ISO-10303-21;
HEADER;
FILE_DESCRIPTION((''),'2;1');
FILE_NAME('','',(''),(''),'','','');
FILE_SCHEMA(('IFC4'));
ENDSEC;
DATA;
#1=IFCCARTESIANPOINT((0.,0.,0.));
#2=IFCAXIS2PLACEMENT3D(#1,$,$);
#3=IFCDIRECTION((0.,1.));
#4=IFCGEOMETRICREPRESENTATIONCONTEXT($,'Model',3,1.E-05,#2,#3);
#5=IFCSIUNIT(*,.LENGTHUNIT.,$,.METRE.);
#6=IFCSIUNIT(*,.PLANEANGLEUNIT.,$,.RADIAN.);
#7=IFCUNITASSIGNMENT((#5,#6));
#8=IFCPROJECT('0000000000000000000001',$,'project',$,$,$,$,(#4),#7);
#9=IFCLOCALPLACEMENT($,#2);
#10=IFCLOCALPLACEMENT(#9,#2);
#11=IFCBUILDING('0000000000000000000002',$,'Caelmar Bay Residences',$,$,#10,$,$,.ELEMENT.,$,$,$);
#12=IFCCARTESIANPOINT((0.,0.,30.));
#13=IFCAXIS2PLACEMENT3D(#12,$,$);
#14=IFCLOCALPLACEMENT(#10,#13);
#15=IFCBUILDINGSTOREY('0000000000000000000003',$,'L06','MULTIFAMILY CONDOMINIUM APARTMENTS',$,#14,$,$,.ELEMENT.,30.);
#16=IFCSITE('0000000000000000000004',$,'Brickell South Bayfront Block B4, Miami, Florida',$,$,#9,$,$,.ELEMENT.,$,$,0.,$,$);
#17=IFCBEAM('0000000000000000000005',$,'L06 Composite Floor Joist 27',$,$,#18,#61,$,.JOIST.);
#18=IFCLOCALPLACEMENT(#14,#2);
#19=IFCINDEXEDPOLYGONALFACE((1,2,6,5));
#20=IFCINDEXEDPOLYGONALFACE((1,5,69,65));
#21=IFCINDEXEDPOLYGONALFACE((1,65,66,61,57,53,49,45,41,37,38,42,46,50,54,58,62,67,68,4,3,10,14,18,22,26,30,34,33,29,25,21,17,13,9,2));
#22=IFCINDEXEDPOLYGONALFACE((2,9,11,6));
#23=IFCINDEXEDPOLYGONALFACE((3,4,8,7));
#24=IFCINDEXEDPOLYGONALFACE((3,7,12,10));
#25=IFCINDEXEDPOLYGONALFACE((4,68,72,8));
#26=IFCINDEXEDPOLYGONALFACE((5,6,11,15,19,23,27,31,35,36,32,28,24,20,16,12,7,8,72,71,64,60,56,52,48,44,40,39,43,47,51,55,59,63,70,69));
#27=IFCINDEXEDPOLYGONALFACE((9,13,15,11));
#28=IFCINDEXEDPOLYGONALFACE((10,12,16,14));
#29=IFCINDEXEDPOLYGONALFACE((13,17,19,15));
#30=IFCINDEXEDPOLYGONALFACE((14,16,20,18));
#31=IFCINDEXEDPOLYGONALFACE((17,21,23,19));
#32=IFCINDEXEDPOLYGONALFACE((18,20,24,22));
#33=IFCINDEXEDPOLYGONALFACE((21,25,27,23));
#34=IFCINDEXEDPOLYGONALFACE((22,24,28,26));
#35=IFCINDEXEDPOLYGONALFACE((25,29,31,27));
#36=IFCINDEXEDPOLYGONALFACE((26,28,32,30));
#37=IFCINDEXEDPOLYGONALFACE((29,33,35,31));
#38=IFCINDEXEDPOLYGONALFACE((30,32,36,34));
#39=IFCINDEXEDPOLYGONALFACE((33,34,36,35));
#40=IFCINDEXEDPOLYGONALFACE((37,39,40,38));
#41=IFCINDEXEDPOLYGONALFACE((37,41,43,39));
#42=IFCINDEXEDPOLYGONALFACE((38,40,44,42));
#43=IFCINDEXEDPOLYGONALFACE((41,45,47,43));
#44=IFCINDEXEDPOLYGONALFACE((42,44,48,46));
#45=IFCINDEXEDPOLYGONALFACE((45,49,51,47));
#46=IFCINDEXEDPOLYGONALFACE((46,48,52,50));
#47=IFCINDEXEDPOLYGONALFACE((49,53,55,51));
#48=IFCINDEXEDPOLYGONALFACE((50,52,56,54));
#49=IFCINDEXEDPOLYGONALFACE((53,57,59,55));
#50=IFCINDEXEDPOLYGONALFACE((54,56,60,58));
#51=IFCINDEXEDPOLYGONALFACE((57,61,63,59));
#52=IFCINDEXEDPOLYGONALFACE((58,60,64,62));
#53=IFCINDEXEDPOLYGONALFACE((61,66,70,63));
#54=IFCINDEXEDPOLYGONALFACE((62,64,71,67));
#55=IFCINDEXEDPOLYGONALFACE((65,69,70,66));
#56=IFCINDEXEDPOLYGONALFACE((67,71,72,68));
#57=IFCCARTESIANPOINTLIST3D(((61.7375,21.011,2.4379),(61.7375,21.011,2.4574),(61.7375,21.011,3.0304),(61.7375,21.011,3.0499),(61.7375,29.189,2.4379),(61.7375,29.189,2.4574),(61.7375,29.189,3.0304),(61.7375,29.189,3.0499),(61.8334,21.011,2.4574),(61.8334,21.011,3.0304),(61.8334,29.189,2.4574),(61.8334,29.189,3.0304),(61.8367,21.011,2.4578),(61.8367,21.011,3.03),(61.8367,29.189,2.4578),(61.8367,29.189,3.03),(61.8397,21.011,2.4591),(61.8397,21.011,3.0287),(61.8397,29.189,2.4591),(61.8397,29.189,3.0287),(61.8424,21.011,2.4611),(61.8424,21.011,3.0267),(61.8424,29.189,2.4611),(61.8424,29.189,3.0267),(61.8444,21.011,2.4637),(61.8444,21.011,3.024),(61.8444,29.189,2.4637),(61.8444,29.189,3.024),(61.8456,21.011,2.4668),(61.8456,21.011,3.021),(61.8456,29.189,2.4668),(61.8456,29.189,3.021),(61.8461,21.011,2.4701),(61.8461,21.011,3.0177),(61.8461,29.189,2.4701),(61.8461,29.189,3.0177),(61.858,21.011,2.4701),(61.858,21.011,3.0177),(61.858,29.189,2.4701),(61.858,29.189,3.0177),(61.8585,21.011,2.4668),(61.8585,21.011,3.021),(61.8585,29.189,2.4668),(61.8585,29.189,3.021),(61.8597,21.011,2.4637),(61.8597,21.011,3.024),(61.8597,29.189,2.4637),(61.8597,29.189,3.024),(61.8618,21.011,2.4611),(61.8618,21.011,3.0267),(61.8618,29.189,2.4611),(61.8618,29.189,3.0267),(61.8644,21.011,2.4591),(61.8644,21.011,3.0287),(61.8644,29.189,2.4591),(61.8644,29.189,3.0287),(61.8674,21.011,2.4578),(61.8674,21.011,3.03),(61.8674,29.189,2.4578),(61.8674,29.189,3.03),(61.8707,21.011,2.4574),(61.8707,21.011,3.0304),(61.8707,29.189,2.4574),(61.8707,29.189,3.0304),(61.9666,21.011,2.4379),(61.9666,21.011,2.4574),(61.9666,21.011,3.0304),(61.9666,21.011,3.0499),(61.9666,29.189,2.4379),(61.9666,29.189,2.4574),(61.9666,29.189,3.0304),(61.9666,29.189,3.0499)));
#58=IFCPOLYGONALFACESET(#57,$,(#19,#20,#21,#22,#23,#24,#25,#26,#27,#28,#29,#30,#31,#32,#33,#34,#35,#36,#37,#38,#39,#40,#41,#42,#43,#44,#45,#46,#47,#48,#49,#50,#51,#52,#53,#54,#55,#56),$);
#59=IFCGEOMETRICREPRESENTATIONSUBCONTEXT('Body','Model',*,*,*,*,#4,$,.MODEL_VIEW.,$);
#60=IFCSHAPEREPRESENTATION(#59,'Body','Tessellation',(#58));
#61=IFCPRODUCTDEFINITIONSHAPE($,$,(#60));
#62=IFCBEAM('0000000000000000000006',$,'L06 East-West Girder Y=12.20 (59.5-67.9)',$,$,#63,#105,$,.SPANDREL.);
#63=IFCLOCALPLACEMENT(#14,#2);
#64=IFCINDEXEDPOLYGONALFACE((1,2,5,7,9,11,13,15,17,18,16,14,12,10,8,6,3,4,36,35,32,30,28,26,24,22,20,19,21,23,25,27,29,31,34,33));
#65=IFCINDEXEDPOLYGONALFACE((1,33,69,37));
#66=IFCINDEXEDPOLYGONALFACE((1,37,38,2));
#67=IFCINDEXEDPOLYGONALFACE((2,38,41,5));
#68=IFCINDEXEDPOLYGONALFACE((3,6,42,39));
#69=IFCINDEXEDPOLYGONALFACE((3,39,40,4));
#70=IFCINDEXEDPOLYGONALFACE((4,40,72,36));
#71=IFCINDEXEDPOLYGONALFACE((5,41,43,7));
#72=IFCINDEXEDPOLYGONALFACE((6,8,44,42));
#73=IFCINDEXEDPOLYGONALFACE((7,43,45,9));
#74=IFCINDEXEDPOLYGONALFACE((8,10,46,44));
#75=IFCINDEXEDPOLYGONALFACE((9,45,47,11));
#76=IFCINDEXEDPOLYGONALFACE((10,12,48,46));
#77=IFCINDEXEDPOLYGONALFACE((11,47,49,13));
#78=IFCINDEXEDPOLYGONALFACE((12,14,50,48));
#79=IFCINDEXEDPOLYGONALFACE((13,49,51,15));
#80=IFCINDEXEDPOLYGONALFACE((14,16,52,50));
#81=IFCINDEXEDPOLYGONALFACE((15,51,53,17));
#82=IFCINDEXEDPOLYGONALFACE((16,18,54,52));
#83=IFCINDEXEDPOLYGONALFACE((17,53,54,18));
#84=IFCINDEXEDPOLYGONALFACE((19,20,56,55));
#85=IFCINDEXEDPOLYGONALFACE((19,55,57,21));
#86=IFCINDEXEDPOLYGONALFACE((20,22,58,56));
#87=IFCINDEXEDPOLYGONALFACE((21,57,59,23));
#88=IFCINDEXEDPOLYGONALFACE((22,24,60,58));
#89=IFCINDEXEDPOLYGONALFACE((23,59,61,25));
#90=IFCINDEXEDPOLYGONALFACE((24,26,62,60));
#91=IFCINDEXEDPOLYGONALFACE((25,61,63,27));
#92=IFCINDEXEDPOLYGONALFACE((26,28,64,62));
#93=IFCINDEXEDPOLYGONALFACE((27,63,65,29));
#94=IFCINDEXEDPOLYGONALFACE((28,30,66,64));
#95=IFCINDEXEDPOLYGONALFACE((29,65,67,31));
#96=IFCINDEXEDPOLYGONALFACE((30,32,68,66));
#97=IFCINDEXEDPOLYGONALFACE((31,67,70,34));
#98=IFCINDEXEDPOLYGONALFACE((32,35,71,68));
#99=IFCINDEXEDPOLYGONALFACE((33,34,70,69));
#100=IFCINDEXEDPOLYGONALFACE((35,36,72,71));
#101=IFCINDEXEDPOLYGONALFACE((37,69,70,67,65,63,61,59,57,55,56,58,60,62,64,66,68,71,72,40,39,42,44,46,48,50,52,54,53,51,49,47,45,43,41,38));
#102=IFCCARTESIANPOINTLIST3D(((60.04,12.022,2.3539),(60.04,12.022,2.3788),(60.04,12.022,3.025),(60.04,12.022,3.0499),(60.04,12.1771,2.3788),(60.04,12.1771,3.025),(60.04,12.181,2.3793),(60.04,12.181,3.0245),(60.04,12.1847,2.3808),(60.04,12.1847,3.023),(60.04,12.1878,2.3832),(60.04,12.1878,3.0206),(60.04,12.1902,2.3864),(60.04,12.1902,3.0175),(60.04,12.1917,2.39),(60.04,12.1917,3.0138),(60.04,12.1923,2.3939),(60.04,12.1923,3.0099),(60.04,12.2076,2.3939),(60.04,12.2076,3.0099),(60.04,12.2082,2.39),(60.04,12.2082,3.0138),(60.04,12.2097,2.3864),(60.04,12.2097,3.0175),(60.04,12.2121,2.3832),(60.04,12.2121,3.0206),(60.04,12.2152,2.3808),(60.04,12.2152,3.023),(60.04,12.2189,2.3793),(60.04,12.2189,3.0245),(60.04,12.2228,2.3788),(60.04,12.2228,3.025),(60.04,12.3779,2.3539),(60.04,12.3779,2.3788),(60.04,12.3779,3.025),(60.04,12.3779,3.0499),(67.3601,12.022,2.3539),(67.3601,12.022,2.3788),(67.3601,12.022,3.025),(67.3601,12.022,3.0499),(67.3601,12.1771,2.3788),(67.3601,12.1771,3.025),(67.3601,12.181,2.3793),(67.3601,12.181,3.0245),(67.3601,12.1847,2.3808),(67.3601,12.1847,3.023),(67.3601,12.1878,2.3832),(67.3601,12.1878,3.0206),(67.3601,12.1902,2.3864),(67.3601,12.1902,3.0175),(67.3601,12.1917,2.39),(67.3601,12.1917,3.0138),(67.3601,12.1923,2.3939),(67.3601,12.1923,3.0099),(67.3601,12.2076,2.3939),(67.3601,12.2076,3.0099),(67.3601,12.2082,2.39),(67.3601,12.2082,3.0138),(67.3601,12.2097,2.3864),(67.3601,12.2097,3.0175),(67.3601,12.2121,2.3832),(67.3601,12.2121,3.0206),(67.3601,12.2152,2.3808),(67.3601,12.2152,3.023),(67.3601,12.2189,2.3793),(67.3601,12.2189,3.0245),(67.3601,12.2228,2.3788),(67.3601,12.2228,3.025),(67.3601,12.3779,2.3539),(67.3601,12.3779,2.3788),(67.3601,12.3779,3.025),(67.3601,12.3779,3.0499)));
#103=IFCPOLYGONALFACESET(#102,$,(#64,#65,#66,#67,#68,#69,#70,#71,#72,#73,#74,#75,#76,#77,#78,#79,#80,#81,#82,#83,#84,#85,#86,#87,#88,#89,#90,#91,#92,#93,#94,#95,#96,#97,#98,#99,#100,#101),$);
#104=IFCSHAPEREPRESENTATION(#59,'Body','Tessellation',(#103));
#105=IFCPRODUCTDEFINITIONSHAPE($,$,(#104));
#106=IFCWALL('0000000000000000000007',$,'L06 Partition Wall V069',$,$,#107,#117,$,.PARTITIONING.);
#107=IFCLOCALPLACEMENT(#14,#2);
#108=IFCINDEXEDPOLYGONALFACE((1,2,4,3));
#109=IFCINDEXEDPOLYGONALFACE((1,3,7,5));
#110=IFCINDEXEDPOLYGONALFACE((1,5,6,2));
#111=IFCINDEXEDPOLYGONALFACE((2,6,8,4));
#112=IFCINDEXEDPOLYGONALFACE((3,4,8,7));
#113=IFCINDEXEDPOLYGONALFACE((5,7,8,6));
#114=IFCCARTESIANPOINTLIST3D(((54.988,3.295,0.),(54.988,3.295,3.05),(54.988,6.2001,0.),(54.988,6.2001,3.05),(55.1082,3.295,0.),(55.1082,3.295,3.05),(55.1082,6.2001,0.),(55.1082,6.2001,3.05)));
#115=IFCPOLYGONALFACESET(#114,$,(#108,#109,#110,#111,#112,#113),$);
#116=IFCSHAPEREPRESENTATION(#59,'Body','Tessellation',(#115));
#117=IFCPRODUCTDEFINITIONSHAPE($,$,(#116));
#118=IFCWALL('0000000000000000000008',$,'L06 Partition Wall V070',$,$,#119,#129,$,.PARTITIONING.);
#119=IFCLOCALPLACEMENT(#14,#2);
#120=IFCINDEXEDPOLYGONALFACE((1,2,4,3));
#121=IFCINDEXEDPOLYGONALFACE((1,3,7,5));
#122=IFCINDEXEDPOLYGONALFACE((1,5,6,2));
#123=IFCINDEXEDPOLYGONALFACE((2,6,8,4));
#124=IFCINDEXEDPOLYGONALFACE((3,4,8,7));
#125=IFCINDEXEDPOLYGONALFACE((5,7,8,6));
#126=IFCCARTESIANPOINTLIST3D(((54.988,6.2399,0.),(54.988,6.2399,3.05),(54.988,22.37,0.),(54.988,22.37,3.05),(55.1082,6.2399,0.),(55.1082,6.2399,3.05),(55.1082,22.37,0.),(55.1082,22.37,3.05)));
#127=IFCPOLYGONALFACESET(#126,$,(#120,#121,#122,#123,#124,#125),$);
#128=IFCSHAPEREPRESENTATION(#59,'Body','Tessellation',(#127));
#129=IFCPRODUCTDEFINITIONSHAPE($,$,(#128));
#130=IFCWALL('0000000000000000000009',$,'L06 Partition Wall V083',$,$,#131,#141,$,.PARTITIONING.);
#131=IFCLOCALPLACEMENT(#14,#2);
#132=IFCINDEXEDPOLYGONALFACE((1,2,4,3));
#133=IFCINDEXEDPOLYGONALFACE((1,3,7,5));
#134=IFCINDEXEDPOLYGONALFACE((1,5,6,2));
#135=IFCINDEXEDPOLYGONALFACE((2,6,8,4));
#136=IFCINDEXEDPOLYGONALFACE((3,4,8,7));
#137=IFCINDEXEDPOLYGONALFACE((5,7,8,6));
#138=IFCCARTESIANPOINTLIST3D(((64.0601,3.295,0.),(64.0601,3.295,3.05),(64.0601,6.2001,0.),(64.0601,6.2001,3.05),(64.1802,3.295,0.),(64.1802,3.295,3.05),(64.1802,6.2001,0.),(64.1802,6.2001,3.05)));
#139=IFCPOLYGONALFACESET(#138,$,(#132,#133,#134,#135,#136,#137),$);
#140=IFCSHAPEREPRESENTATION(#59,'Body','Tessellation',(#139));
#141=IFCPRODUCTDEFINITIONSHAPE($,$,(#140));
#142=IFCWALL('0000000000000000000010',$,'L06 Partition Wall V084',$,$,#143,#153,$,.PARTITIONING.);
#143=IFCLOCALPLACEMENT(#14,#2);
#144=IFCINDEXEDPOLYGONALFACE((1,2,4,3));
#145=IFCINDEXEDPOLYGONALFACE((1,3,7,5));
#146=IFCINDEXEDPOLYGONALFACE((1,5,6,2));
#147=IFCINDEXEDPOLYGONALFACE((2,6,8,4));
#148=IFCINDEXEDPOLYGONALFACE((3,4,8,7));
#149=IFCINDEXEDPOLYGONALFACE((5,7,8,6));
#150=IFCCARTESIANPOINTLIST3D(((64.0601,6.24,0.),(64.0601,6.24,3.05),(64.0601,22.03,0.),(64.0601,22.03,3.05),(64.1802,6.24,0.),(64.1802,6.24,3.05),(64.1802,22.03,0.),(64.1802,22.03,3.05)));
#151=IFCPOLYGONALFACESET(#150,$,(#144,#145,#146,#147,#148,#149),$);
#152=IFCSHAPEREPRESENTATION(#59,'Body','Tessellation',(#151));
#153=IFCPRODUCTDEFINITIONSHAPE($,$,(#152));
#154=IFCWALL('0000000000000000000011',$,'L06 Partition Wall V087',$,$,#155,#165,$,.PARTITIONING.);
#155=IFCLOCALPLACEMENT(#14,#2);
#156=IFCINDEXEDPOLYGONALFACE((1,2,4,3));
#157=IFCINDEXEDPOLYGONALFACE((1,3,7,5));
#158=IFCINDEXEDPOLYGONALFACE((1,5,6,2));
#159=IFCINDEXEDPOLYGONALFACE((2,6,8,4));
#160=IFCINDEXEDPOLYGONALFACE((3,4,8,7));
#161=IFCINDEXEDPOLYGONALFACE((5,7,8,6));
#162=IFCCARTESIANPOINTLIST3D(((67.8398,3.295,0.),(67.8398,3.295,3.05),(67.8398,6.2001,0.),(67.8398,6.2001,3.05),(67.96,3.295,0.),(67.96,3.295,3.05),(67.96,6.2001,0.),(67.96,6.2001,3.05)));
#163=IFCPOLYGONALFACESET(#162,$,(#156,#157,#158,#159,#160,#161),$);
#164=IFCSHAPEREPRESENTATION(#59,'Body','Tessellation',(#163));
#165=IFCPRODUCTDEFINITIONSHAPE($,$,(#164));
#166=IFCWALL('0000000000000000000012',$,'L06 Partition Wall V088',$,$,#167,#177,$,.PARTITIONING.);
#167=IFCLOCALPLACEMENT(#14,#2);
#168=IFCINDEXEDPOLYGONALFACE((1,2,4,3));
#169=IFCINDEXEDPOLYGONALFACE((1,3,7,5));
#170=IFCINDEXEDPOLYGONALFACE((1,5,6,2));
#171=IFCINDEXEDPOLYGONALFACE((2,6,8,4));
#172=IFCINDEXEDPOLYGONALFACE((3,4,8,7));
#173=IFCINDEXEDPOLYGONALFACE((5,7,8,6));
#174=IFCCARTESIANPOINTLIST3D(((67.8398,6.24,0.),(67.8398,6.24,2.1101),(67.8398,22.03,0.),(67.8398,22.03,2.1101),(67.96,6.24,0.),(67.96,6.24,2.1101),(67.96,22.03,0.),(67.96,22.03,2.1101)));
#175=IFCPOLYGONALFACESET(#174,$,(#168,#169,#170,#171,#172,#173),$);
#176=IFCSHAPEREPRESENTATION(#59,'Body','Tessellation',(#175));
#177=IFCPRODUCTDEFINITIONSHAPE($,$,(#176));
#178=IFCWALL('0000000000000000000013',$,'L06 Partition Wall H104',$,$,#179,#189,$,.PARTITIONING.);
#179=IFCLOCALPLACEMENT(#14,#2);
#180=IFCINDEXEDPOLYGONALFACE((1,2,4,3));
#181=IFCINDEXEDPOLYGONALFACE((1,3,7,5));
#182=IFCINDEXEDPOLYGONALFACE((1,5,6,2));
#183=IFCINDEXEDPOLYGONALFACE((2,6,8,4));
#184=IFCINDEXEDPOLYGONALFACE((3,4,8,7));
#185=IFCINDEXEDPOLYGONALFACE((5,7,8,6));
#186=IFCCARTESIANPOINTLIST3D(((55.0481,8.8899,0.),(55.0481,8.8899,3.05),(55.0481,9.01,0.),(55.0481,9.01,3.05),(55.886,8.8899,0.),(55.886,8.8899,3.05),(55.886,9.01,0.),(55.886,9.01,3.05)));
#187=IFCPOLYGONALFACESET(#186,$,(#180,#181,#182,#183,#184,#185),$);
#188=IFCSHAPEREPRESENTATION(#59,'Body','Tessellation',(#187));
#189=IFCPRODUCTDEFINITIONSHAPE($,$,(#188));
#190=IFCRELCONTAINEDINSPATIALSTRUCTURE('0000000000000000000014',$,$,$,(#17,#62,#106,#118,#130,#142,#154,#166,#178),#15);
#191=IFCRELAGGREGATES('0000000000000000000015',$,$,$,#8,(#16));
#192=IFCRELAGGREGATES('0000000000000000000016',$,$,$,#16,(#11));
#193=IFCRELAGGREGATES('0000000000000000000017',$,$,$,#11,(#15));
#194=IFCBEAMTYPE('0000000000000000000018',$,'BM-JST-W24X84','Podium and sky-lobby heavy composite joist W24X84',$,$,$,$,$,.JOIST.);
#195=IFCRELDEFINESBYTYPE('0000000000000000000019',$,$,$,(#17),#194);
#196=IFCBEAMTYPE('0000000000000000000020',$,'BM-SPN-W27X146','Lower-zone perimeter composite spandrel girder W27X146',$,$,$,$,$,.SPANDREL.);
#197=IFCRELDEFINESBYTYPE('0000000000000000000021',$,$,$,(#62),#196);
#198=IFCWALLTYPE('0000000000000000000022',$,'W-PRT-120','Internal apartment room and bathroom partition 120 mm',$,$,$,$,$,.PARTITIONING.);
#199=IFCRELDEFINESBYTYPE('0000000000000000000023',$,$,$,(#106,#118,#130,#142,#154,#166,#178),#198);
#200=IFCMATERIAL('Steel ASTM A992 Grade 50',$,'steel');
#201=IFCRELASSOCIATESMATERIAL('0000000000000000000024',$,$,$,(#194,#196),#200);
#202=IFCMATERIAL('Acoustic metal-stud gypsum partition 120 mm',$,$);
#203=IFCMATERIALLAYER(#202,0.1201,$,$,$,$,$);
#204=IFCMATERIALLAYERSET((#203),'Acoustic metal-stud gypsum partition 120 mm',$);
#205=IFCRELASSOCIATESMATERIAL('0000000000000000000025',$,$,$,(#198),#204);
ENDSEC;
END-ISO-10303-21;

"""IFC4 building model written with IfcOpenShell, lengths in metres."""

from ifc_helpers import new_model, si_unit, direction, frame, frame_2d, origin, origin_2d, place, context, subcontext, project, spatial, rectangle, i_section, extrude, material, layer, layer_set, material_profile, profile_set, type_object, element, save


model = new_model("IFC4")

# Units and contexts
model_context = context("Model", 3, precision=1e-05, world=origin(), true_north=direction((0.0, 1.0)))
body_context = subcontext(model_context, "Body", "Model", "MODEL_VIEW")
ifc_project = project(units=[si_unit("LENGTHUNIT", "METRE"), si_unit("PLANEANGLEUNIT", "RADIAN")], contexts=[model_context])

# Site, building, storey
site_placement = place(None, origin())
site = spatial("IfcSite", under=ifc_project, at=site_placement, Name="Brickell South Bayfront Block B4, Miami, Florida", CompositionType="ELEMENT", RefElevation=0.0)
building_placement = place(site_placement, origin())
building = spatial("IfcBuilding", under=site, at=building_placement, Name="Caelmar Bay Residences", CompositionType="ELEMENT")
storey_placement = place(building_placement, frame((0.0, 0.0, 30.0)))
storey = spatial("IfcBuildingStorey", under=building, at=storey_placement, Name="L06", Description="MULTIFAMILY CONDOMINIUM APARTMENTS", CompositionType="ELEMENT", Elevation=30.0)

# Beams
ifc_material_1 = material(Name="Steel ASTM A992 Grade 50", Category="steel")
ifc_material_profile_1 = material_profile(ifc_material_1, i_section(OverallWidth=0.229, OverallDepth=0.6121, WebThickness=0.012, FlangeThickness=0.0195, FilletRadius=0.0127, at=origin_2d()), Name="W24X84")
ifc_profile_set_1 = profile_set([ifc_material_profile_1], Name="Steel ASTM A992 Grade 50")
beam_type_1 = type_object("IfcBeamType", Name="BM-JST-W24X84", Description="Podium and sky-lobby heavy composite joist W24X84", PredefinedType="JOIST", material=ifc_profile_set_1)
for number, where, z_axis, x_axis, name in (
    (1, (61.8521, 21.011, 2.7439), (0.0, 1.0, 0.0), (-1.0, 0.0, 0.0), "L06 Composite Floor Joist 27"),
):
    element("IfcBeam", number, at=place(storey_placement, frame(where, z_axis=z_axis, x_axis=x_axis)), inside=storey, type_object=beam_type_1, Name=name, PredefinedType="JOIST", context=body_context, shape_type="SweptSolid", body=[
        extrude(i_section(OverallWidth=0.229, OverallDepth=0.6121, WebThickness=0.012, FlangeThickness=0.0195, FilletRadius=0.0127, at=origin_2d()), origin(), (0.0, 0.0, 1.0), 8.178),
    ])
ifc_material_profile_2 = material_profile(ifc_material_1, i_section(OverallWidth=0.356, OverallDepth=0.696, WebThickness=0.0154, FlangeThickness=0.0249, FilletRadius=0.0151, at=origin_2d()), Name="W27X146")
ifc_profile_set_2 = profile_set([ifc_material_profile_2], Name="Steel ASTM A992 Grade 50")
beam_type_2 = type_object("IfcBeamType", Name="BM-SPN-W27X146", Description="Lower-zone perimeter composite spandrel girder W27X146", PredefinedType="SPANDREL", material=ifc_profile_set_2)
beam_1_placement = place(storey_placement, frame((60.04, 12.2, 2.7019), z_axis=(1.0, 0.0, 0.0), x_axis=(0.0, 1.0, 0.0)))
element("IfcBeam", 2, at=beam_1_placement, inside=storey, type_object=beam_type_2, Name="L06 East-West Girder Y=12.20 (59.5-67.9)", PredefinedType="SPANDREL", context=body_context, shape_type="SweptSolid", body=[
    extrude(i_section(OverallWidth=0.356, OverallDepth=0.696, WebThickness=0.0154, FlangeThickness=0.0249, FilletRadius=0.0151, at=origin_2d()), origin(), (0.0, 0.0, 1.0), 7.3201),
])

# Walls
ifc_material_2 = material(Name="Acoustic metal-stud gypsum partition 120 mm")
ifc_layer_1 = layer(ifc_material_2, 0.1201)
ifc_layer_set_1 = layer_set([ifc_layer_1], Name="Acoustic metal-stud gypsum partition 120 mm")
wall_type_1 = type_object("IfcWallType", Name="W-PRT-120", Description="Internal apartment room and bathroom partition 120 mm", PredefinedType="PARTITIONING", material=ifc_layer_set_1)
wall_1_placement = place(storey_placement, frame((55.0481, 3.2949, 0.0), z_axis=(0.0, 0.0, 1.0), x_axis=(0.0, 1.0, 0.0)))
element("IfcWall", 3, at=wall_1_placement, inside=storey, type_object=wall_type_1, Name="L06 Partition Wall V069", PredefinedType="PARTITIONING", context=body_context, shape_type="SweptSolid", body=[
    extrude(rectangle(XDim=2.905, YDim=0.1201, at=frame_2d((1.4526, 0.0))), origin(), (0.0, 0.0, 1.0), 3.05),
])
wall_2_placement = place(storey_placement, frame((55.0481, 6.24, 0.0), z_axis=(0.0, 0.0, 1.0), x_axis=(0.0, 1.0, 0.0)))
element("IfcWall", 4, at=wall_2_placement, inside=storey, type_object=wall_type_1, Name="L06 Partition Wall V070", PredefinedType="PARTITIONING", context=body_context, shape_type="SweptSolid", body=[
    extrude(rectangle(XDim=16.1301, YDim=0.1201, at=frame_2d((8.0649, 0.0))), origin(), (0.0, 0.0, 1.0), 3.05),
])
wall_3_placement = place(storey_placement, frame((64.1201, 3.2949, 0.0), z_axis=(0.0, 0.0, 1.0), x_axis=(0.0, 1.0, 0.0)))
element("IfcWall", 5, at=wall_3_placement, inside=storey, type_object=wall_type_1, Name="L06 Partition Wall V083", PredefinedType="PARTITIONING", context=body_context, shape_type="SweptSolid", body=[
    extrude(rectangle(XDim=2.905, YDim=0.1201, at=frame_2d((1.4526, 0.0))), origin(), (0.0, 0.0, 1.0), 3.05),
])
wall_4_placement = place(storey_placement, frame((64.1201, 6.24, 0.0), z_axis=(0.0, 0.0, 1.0), x_axis=(0.0, 1.0, 0.0)))
element("IfcWall", 6, at=wall_4_placement, inside=storey, type_object=wall_type_1, Name="L06 Partition Wall V084", PredefinedType="PARTITIONING", context=body_context, shape_type="SweptSolid", body=[
    extrude(rectangle(XDim=15.79, YDim=0.1201, at=frame_2d((7.895, 0.0))), origin(), (0.0, 0.0, 1.0), 3.05),
])
wall_5_placement = place(storey_placement, frame((67.8999, 3.2949, 0.0), z_axis=(0.0, 0.0, 1.0), x_axis=(0.0, 1.0, 0.0)))
element("IfcWall", 7, at=wall_5_placement, inside=storey, type_object=wall_type_1, Name="L06 Partition Wall V087", PredefinedType="PARTITIONING", context=body_context, shape_type="SweptSolid", body=[
    extrude(rectangle(XDim=2.905, YDim=0.1201, at=frame_2d((1.4526, 0.0))), origin(), (0.0, 0.0, 1.0), 3.05),
])
wall_6_placement = place(storey_placement, frame((67.8999, 6.24, 0.0), z_axis=(0.0, 0.0, 1.0), x_axis=(0.0, 1.0, 0.0)))
element("IfcWall", 8, at=wall_6_placement, inside=storey, type_object=wall_type_1, Name="L06 Partition Wall V088", PredefinedType="PARTITIONING", context=body_context, shape_type="SweptSolid", body=[
    extrude(rectangle(XDim=15.79, YDim=0.1201, at=frame_2d((7.895, 0.0))), origin(), (0.0, 0.0, 1.0), 2.1101),
])
wall_7_placement = place(storey_placement, frame((55.0481, 8.95, 0.0), z_axis=(0.0, 0.0, 1.0), x_axis=(1.0, 0.0, 0.0)))
element("IfcWall", 9, at=wall_7_placement, inside=storey, type_object=wall_type_1, Name="L06 Partition Wall H104", PredefinedType="PARTITIONING", context=body_context, shape_type="SweptSolid", body=[
    extrude(rectangle(XDim=0.8379, YDim=0.1201, at=frame_2d((0.4189, 0.0))), origin(), (0.0, 0.0, 1.0), 3.05),
])

save(model, "model.ifc")
